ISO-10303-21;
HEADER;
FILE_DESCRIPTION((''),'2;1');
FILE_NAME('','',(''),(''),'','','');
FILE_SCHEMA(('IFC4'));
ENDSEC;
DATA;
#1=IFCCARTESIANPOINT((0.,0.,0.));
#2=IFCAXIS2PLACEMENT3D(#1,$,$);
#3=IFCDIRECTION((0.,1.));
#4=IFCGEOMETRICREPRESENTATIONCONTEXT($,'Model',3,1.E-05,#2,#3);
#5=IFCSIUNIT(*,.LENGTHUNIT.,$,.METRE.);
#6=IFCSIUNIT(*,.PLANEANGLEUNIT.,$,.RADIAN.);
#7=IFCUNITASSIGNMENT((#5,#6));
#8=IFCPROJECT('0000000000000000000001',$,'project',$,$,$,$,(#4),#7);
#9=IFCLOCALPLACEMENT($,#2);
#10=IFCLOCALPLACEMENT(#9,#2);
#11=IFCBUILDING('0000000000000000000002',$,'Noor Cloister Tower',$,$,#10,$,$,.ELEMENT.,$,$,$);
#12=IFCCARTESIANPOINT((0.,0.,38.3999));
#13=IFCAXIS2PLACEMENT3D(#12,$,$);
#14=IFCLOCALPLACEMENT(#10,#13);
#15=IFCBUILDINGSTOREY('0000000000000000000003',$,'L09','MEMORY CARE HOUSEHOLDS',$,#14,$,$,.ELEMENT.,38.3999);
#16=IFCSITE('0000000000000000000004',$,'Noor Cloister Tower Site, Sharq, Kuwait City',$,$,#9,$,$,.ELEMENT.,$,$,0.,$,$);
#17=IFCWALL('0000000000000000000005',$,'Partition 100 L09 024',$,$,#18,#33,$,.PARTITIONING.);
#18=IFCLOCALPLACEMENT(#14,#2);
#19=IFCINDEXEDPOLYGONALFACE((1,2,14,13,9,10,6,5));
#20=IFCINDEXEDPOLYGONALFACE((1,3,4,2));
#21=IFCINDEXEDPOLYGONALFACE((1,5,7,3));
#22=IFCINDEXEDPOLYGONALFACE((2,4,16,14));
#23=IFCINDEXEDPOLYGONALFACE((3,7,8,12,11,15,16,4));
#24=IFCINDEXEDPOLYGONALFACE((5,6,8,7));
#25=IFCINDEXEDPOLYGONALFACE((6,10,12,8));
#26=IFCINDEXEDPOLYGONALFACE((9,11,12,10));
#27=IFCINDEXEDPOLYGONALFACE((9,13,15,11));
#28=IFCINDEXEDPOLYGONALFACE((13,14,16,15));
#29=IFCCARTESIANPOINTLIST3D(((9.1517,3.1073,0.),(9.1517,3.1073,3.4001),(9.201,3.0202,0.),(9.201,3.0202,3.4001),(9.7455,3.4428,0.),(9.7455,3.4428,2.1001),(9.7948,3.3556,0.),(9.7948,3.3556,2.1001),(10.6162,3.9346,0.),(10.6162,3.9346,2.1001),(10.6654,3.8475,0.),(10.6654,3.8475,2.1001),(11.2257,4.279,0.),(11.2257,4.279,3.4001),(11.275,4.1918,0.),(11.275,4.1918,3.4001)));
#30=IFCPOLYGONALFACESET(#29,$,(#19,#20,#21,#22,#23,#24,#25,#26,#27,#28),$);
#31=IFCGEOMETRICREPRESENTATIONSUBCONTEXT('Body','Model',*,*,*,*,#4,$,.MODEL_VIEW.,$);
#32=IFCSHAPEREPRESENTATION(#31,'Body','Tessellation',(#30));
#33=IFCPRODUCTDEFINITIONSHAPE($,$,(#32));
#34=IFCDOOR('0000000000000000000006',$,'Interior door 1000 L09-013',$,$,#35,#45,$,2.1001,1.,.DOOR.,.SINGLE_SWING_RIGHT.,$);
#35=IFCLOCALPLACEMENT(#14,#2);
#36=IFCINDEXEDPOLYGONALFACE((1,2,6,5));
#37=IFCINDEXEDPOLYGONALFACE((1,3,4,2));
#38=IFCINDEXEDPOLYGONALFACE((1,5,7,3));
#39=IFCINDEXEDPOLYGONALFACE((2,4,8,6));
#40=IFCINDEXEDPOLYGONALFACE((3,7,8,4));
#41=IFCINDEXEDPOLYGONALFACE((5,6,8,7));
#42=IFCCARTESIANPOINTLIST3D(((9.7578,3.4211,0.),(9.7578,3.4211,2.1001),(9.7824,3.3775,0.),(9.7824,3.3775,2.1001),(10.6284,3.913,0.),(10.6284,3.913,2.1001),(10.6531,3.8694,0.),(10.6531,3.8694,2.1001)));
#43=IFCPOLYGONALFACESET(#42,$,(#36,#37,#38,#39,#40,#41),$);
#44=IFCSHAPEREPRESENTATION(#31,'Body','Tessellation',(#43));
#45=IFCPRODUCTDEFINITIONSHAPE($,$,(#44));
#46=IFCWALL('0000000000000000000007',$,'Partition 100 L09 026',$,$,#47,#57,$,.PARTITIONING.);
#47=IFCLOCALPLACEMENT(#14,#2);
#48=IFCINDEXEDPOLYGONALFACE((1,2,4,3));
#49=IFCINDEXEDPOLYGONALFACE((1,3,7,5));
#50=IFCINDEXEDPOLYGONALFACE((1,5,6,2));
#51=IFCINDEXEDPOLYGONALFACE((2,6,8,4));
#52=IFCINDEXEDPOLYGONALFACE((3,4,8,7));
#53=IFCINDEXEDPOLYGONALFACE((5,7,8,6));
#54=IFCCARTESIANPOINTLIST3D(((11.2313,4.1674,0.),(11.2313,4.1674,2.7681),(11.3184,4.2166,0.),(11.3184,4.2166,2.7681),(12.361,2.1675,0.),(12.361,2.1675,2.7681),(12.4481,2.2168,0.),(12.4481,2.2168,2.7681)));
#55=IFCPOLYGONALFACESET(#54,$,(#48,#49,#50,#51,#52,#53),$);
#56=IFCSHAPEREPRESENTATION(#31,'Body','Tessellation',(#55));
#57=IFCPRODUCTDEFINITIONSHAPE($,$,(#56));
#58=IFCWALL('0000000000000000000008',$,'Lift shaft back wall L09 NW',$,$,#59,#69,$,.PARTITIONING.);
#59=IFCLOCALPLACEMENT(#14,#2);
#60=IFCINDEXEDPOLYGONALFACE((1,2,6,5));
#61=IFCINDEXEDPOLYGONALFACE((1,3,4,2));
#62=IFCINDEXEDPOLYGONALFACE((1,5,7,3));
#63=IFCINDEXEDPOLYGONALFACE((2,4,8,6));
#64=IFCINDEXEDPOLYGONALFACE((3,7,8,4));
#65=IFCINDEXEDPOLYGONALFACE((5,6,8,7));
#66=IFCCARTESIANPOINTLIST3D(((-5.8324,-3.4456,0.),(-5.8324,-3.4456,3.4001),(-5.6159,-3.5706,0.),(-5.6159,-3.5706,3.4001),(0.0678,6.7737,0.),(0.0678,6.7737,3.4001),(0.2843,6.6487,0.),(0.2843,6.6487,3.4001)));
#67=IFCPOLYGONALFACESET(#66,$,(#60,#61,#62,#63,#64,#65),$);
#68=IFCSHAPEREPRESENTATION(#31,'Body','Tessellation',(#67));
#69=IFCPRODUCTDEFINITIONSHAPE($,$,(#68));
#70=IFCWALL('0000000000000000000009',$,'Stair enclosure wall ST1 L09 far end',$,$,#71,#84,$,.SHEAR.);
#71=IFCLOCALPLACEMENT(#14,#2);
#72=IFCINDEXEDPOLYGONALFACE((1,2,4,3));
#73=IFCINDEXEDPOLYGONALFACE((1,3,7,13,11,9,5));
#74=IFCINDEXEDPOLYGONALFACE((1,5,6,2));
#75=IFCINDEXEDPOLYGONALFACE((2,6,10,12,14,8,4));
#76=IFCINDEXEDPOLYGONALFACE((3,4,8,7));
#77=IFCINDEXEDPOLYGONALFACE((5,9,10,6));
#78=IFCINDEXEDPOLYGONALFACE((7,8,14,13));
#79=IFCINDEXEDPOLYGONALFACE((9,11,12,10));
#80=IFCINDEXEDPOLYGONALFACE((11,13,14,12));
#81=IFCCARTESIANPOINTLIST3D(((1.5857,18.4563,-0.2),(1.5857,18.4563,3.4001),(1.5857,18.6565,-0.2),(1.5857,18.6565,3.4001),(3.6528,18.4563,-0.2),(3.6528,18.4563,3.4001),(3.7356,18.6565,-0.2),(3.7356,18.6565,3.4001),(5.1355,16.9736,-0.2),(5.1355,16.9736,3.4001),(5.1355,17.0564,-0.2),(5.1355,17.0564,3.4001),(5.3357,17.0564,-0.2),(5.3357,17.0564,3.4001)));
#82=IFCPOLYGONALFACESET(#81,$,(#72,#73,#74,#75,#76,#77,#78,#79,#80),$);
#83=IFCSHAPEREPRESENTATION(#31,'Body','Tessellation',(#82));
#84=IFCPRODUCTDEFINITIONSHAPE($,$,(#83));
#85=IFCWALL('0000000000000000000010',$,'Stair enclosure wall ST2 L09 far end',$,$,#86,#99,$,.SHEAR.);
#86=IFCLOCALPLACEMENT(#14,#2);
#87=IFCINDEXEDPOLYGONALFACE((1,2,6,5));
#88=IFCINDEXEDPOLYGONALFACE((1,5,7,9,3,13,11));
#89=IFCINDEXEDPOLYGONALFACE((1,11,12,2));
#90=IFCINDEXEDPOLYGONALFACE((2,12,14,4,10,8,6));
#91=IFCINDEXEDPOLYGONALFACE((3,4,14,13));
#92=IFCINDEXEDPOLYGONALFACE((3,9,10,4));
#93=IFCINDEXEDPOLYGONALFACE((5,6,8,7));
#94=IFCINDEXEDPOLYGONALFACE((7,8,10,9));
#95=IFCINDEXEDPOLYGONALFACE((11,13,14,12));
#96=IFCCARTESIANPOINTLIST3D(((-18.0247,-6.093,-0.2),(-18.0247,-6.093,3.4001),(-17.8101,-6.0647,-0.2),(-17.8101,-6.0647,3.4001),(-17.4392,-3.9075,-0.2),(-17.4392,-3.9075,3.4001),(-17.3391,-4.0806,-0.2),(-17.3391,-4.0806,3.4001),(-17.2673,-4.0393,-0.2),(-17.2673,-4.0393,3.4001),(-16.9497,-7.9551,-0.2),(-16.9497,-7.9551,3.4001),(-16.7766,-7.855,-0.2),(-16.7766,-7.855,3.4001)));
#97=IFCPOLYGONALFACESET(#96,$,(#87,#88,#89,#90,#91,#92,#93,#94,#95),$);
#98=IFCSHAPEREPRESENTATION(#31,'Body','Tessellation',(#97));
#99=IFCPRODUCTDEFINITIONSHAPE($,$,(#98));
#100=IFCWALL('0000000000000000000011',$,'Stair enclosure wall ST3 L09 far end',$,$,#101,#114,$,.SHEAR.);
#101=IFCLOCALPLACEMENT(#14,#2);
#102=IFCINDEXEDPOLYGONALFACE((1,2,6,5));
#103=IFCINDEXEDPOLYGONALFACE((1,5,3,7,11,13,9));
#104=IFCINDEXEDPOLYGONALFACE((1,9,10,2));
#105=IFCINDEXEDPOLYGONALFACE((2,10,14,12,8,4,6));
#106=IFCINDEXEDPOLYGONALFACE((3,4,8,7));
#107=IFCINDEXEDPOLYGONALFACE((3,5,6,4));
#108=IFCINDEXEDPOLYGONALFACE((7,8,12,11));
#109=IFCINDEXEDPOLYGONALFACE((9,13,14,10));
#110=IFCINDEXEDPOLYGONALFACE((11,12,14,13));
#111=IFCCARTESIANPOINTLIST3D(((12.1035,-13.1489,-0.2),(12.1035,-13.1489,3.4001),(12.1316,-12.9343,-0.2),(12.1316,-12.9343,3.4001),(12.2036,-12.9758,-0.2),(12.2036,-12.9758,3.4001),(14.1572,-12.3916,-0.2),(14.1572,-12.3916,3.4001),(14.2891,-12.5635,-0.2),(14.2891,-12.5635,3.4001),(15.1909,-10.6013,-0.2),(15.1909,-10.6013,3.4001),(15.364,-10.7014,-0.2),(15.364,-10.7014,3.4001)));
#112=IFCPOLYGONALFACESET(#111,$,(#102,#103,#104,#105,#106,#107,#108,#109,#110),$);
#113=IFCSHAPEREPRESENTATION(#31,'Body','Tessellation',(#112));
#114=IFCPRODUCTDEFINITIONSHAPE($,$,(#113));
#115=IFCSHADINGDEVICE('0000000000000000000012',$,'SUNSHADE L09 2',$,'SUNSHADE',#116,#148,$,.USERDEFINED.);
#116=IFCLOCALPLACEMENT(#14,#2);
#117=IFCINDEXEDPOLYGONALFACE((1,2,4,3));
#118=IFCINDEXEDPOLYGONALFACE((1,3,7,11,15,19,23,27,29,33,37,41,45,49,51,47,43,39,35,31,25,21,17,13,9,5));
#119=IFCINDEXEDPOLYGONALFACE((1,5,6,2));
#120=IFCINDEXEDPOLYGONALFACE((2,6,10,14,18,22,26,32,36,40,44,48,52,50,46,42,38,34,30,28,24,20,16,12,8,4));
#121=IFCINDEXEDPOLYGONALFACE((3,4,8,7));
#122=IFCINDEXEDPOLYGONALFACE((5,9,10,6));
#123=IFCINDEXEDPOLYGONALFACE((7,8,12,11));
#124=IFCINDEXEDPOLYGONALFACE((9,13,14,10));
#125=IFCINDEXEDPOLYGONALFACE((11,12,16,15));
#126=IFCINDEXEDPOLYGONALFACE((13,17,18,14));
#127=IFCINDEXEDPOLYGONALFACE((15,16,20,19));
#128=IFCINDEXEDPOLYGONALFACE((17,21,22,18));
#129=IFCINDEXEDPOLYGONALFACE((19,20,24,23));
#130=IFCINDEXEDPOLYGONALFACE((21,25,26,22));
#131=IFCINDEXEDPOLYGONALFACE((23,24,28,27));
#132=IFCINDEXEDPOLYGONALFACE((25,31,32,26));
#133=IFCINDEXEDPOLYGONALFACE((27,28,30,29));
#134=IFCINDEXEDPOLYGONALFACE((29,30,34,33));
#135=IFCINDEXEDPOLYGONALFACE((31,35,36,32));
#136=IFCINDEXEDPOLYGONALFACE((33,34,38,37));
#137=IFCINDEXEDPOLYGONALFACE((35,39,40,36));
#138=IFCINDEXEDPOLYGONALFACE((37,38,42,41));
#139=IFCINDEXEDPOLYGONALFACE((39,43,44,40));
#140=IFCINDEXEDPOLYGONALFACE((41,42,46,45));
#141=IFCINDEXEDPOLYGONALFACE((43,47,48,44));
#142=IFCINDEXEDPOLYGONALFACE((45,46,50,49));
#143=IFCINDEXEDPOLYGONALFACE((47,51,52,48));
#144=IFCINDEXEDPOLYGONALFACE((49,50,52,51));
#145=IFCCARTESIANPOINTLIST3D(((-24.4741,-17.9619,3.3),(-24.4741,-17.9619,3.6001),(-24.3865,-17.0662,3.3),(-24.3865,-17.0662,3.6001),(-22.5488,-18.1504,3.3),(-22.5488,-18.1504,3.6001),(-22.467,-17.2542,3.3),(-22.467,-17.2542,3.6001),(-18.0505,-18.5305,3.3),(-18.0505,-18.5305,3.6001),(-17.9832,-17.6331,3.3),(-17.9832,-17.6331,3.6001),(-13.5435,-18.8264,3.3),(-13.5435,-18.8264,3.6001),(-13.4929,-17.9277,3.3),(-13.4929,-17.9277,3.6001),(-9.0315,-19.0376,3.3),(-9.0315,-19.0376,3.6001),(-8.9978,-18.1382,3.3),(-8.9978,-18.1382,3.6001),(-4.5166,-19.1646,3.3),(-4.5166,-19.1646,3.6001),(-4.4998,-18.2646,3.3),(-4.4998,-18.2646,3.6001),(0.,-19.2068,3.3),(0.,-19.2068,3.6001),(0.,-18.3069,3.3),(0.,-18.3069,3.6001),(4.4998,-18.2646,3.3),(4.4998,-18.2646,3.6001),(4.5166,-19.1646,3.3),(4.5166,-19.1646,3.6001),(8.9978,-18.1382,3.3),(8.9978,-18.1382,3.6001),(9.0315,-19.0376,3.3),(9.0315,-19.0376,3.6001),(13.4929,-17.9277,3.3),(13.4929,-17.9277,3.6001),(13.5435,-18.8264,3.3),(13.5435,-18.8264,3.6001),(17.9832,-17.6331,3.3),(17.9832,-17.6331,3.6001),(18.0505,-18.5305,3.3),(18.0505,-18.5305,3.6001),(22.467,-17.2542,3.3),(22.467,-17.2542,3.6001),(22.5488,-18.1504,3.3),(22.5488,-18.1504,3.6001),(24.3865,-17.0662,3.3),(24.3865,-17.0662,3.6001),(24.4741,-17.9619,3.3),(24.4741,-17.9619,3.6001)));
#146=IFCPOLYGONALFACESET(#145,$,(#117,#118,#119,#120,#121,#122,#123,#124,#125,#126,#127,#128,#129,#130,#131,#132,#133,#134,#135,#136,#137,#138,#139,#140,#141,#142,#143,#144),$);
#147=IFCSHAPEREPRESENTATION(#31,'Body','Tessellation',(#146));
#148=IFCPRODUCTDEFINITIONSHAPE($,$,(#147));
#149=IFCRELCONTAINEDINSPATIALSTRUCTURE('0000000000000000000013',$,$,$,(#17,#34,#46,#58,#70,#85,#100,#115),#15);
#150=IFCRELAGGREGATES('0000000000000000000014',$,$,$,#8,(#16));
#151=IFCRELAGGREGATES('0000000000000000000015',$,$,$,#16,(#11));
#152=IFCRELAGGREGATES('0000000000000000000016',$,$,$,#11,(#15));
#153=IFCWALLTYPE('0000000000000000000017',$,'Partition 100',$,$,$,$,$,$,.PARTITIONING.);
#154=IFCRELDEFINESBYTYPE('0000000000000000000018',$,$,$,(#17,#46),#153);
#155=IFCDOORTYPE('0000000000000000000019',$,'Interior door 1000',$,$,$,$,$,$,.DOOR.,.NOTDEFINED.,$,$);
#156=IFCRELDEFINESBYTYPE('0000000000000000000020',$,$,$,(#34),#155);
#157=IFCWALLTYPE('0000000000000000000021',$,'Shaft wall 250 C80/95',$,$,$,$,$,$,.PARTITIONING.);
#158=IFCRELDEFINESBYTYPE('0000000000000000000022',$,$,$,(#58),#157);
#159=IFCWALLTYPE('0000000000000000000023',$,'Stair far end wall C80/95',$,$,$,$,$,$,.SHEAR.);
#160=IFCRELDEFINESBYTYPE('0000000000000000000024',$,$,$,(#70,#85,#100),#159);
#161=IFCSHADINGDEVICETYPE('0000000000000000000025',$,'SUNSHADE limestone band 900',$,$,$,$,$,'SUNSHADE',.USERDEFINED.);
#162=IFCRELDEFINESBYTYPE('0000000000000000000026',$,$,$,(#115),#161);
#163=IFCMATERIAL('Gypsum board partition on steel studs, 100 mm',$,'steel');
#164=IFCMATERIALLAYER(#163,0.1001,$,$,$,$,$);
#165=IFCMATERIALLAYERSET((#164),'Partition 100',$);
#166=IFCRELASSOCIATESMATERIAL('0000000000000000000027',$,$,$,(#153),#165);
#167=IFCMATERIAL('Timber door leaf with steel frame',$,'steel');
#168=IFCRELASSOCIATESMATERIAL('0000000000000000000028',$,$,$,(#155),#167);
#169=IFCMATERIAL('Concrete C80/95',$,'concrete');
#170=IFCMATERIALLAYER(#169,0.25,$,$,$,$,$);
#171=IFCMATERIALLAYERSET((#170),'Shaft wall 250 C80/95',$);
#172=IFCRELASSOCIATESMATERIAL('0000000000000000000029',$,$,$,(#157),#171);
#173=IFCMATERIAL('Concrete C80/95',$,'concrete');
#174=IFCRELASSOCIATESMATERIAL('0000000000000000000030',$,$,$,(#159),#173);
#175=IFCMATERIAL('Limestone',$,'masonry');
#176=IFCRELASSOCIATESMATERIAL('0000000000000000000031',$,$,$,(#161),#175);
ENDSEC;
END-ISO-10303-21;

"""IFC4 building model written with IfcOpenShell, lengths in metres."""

from ifc_helpers import new_model, si_unit, direction, frame, frame_2d, origin, place, context, subcontext, project, spatial, polyline, rectangle, outline, extrude, material, layer, layer_set, type_object, element, fill, save


model = new_model("IFC4")

# Units and contexts
model_context = context("Model", 3, precision=1e-05, world=origin(), true_north=direction((0.0, 1.0)))
body_context = subcontext(model_context, "Body", "Model", "MODEL_VIEW")
ifc_project = project(units=[si_unit("LENGTHUNIT", "METRE"), si_unit("PLANEANGLEUNIT", "RADIAN")], contexts=[model_context])

# Site, building, storey
site_placement = place(None, origin())
site = spatial("IfcSite", under=ifc_project, at=site_placement, Name="Noor Cloister Tower Site, Sharq, Kuwait City", CompositionType="ELEMENT", RefElevation=0.0)
building_placement = place(site_placement, origin())
building = spatial("IfcBuilding", under=site, at=building_placement, Name="Noor Cloister Tower", CompositionType="ELEMENT")
storey_placement = place(building_placement, frame((0.0, 0.0, 38.3999)))
storey = spatial("IfcBuildingStorey", under=building, at=storey_placement, Name="L09", Description="MEMORY CARE HOUSEHOLDS", CompositionType="ELEMENT", Elevation=38.3999)

# Wall, opening, door
ifc_material_1 = material(Name="Gypsum board partition on steel studs, 100 mm", Category="steel")
ifc_layer_1 = layer(ifc_material_1, 0.1001)
ifc_layer_set_1 = layer_set([ifc_layer_1], Name="Partition 100")
wall_type_1 = type_object("IfcWallType", Name="Partition 100", PredefinedType="PARTITIONING", material=ifc_layer_set_1)
wall_1_placement = place(storey_placement, frame((11.2502, 4.2354, 0.0), z_axis=(0.0, 0.0, 1.0), x_axis=(-0.870674, -0.491861, 0.0)))
wall_1 = element("IfcWall", 1, at=wall_1_placement, inside=storey, type_object=wall_type_1, Name="Partition 100 L09 024", PredefinedType="PARTITIONING", context=body_context, shape_type="SweptSolid", body=[
    extrude(rectangle(XDim=2.3821, YDim=0.1001, at=frame_2d((1.1909, 0.0))), origin(), (0.0, 0.0, 1.0), 3.4001),
])
opening_1_placement = place(wall_1_placement, frame((0.7, 0.0, 0.0)))
opening_1 = element("IfcOpeningElement", 2, at=opening_1_placement, cuts=wall_1, PredefinedType="OPENING", context=body_context, shape_type="SweptSolid", body=[
    extrude(rectangle(XDim=1.0, YDim=2.1001, at=frame_2d((0.5, 1.05))), frame((0.0, 0.0601, 0.0), z_axis=(0.0, -1.0, 0.0), x_axis=(1.0, 0.0, 0.0)), (0.0, 0.0, 1.0), 0.1201),
])
ifc_material_2 = material(Name="Timber door leaf with steel frame", Category="steel")
door_type_1 = type_object("IfcDoorType", Name="Interior door 1000", OperationType="NOTDEFINED", PredefinedType="DOOR", material=ifc_material_2)
door_1_placement = place(opening_1_placement, origin())
door_1 = element("IfcDoor", 3, at=door_1_placement, inside=storey, type_object=door_type_1, Name="Interior door 1000 L09-013", OperationType="SINGLE_SWING_RIGHT", OverallHeight=2.1001, OverallWidth=1.0, PredefinedType="DOOR", context=body_context, shape_type="SweptSolid", body=[
    extrude(rectangle(XDim=1.0, YDim=2.1001, at=frame_2d((0.5, 1.05))), frame((0.0, 0.0249, 0.0), z_axis=(0.0, -1.0, 0.0), x_axis=(1.0, 0.0, 0.0)), (0.0, 0.0, 1.0), 0.05),
])
fill(opening_1, door_1)

# Walls
wall_2_placement = place(storey_placement, frame((12.4045, 2.1921, 0.0), z_axis=(0.0, 0.0, 1.0), x_axis=(-0.49184, 0.870686, 0.0)))
element("IfcWall", 4, at=wall_2_placement, inside=storey, type_object=wall_type_1, Name="Partition 100 L09 026", PredefinedType="PARTITIONING", context=body_context, shape_type="SweptSolid", body=[
    extrude(rectangle(XDim=2.2969, YDim=0.1001, at=frame_2d((1.1484, 0.0))), origin(), (0.0, 0.0, 1.0), 2.7681),
])
ifc_material_3 = material(Name="Concrete C80/95", Category="concrete")
ifc_layer_2 = layer(ifc_material_3, 0.25)
ifc_layer_set_2 = layer_set([ifc_layer_2], Name="Shaft wall 250 C80/95")
wall_type_2 = type_object("IfcWallType", Name="Shaft wall 250 C80/95", PredefinedType="PARTITIONING", material=ifc_layer_set_2)
wall_3_placement = place(storey_placement, frame((0.176, 6.7112, 0.0), z_axis=(0.0, 0.0, 1.0), x_axis=(-0.500004, -0.866023, 0.0)))
element("IfcWall", 5, at=wall_3_placement, inside=storey, type_object=wall_type_2, Name="Lift shaft back wall L09 NW", PredefinedType="PARTITIONING", context=body_context, shape_type="SweptSolid", body=[
    extrude(rectangle(XDim=11.8003, YDim=0.25, at=frame_2d((5.9001, 0.0))), origin(), (0.0, 0.0, 1.0), 3.4001),
])
ifc_material_4 = material(Name="Concrete C80/95", Category="concrete")
wall_type_3 = type_object("IfcWallType", Name="Stair far end wall C80/95", PredefinedType="SHEAR", material=ifc_material_4)
wall_4_placement = place(storey_placement, frame((0.0, 0.0, -0.2)))
element("IfcWall", 6, at=wall_4_placement, inside=storey, type_object=wall_type_3, Name="Stair enclosure wall ST1 L09 far end", PredefinedType="SHEAR", context=body_context, shape_type="SweptSolid", body=[
    extrude(outline(polyline([(5.3357, 17.0564), (3.7356, 18.6565), (1.5857, 18.6565), (1.5857, 18.4563), (3.6528, 18.4563), (5.1355, 16.9736), (5.1355, 17.0564), (5.1355, 17.0564), (5.1355, 17.0564), (5.1355, 17.0564), (5.1355, 17.0564), (5.1355, 17.0564), (5.1355, 17.0564), (5.1355, 17.0564), (5.1355, 17.0564), (5.1355, 17.0564), (5.1355, 17.0564), (5.1355, 17.0564), (5.1355, 17.0564), (5.1355, 17.0564), (5.1355, 17.0564), (5.1355, 17.0564), (5.1355, 17.0564), (5.3357, 17.0564)])), origin(), (0.0, 0.0, 1.0), 3.6001),
])
wall_5_placement = place(storey_placement, frame((0.0, 0.0, -0.2)))
element("IfcWall", 7, at=wall_5_placement, inside=storey, type_object=wall_type_3, Name="Stair enclosure wall ST2 L09 far end", PredefinedType="SHEAR", context=body_context, shape_type="SweptSolid", body=[
    extrude(outline(polyline([(-17.4392, -3.9075), (-18.0247, -6.093), (-16.9497, -7.9551), (-16.7766, -7.855), (-17.8101, -6.0647), (-17.2673, -4.0393), (-17.3391, -4.0806), (-17.3391, -4.0806), (-17.3391, -4.0806), (-17.3391, -4.0806), (-17.3391, -4.0806), (-17.3391, -4.0806), (-17.3391, -4.0806), (-17.3391, -4.0806), (-17.3391, -4.0806), (-17.3391, -4.0806), (-17.3391, -4.0806), (-17.3391, -4.0806), (-17.3391, -4.0806), (-17.3391, -4.0806), (-17.3391, -4.0806), (-17.3391, -4.0806), (-17.3391, -4.0806), (-17.4392, -3.9075)])), origin(), (0.0, 0.0, 1.0), 3.6001),
])
wall_6_placement = place(storey_placement, frame((0.0, 0.0, -0.2)))
element("IfcWall", 8, at=wall_6_placement, inside=storey, type_object=wall_type_3, Name="Stair enclosure wall ST3 L09 far end", PredefinedType="SHEAR", context=body_context, shape_type="SweptSolid", body=[
    extrude(outline(polyline([(12.1035, -13.1489), (14.2891, -12.5635), (15.364, -10.7014), (15.1909, -10.6013), (14.1572, -12.3916), (12.1316, -12.9343), (12.2036, -12.9758), (12.2036, -12.9758), (12.2036, -12.9758), (12.2036, -12.9758), (12.2036, -12.9758), (12.2036, -12.9758), (12.2036, -12.9758), (12.2036, -12.9758), (12.2036, -12.9758), (12.2036, -12.9758), (12.2036, -12.9758), (12.2036, -12.9758), (12.2036, -12.9758), (12.2036, -12.9758), (12.2036, -12.9758), (12.2036, -12.9758), (12.2036, -12.9758), (12.1035, -13.1489)])), origin(), (0.0, 0.0, 1.0), 3.6001),
])

# Shading device
ifc_material_5 = material(Name="Limestone", Category="masonry")
shading_device_type = type_object("IfcShadingDeviceType", Name="SUNSHADE limestone band 900", ElementType="SUNSHADE", PredefinedType="USERDEFINED", material=ifc_material_5)
shading_device_1_placement = place(storey_placement, frame((0.0, 0.0, 3.3)))
element("IfcShadingDevice", 9, at=shading_device_1_placement, inside=storey, type_object=shading_device_type, Name="SUNSHADE L09 2", ObjectType="SUNSHADE", PredefinedType="USERDEFINED", context=body_context, shape_type="SweptSolid", body=[
    extrude(outline(polyline([(-24.4741, -17.9619), (-22.5488, -18.1504), (-18.0505, -18.5305), (-13.5435, -18.8264), (-9.0315, -19.0376), (-4.5166, -19.1646), (0.0, -19.2068), (4.5166, -19.1646), (9.0315, -19.0376), (13.5435, -18.8264), (18.0505, -18.5305), (22.5488, -18.1504), (24.4741, -17.9619), (24.3865, -17.0662), (22.467, -17.2542), (17.9832, -17.6331), (13.4929, -17.9277), (8.9978, -18.1382), (4.4998, -18.2646), (0.0, -18.3069), (-4.4998, -18.2646), (-8.9978, -18.1382), (-13.4929, -17.9277), (-17.9832, -17.6331), (-22.467, -17.2542), (-24.3865, -17.0662), (-24.4741, -17.9619)])), origin(), (0.0, 0.0, 1.0), 0.3),
])

save(model, "model.ifc")
